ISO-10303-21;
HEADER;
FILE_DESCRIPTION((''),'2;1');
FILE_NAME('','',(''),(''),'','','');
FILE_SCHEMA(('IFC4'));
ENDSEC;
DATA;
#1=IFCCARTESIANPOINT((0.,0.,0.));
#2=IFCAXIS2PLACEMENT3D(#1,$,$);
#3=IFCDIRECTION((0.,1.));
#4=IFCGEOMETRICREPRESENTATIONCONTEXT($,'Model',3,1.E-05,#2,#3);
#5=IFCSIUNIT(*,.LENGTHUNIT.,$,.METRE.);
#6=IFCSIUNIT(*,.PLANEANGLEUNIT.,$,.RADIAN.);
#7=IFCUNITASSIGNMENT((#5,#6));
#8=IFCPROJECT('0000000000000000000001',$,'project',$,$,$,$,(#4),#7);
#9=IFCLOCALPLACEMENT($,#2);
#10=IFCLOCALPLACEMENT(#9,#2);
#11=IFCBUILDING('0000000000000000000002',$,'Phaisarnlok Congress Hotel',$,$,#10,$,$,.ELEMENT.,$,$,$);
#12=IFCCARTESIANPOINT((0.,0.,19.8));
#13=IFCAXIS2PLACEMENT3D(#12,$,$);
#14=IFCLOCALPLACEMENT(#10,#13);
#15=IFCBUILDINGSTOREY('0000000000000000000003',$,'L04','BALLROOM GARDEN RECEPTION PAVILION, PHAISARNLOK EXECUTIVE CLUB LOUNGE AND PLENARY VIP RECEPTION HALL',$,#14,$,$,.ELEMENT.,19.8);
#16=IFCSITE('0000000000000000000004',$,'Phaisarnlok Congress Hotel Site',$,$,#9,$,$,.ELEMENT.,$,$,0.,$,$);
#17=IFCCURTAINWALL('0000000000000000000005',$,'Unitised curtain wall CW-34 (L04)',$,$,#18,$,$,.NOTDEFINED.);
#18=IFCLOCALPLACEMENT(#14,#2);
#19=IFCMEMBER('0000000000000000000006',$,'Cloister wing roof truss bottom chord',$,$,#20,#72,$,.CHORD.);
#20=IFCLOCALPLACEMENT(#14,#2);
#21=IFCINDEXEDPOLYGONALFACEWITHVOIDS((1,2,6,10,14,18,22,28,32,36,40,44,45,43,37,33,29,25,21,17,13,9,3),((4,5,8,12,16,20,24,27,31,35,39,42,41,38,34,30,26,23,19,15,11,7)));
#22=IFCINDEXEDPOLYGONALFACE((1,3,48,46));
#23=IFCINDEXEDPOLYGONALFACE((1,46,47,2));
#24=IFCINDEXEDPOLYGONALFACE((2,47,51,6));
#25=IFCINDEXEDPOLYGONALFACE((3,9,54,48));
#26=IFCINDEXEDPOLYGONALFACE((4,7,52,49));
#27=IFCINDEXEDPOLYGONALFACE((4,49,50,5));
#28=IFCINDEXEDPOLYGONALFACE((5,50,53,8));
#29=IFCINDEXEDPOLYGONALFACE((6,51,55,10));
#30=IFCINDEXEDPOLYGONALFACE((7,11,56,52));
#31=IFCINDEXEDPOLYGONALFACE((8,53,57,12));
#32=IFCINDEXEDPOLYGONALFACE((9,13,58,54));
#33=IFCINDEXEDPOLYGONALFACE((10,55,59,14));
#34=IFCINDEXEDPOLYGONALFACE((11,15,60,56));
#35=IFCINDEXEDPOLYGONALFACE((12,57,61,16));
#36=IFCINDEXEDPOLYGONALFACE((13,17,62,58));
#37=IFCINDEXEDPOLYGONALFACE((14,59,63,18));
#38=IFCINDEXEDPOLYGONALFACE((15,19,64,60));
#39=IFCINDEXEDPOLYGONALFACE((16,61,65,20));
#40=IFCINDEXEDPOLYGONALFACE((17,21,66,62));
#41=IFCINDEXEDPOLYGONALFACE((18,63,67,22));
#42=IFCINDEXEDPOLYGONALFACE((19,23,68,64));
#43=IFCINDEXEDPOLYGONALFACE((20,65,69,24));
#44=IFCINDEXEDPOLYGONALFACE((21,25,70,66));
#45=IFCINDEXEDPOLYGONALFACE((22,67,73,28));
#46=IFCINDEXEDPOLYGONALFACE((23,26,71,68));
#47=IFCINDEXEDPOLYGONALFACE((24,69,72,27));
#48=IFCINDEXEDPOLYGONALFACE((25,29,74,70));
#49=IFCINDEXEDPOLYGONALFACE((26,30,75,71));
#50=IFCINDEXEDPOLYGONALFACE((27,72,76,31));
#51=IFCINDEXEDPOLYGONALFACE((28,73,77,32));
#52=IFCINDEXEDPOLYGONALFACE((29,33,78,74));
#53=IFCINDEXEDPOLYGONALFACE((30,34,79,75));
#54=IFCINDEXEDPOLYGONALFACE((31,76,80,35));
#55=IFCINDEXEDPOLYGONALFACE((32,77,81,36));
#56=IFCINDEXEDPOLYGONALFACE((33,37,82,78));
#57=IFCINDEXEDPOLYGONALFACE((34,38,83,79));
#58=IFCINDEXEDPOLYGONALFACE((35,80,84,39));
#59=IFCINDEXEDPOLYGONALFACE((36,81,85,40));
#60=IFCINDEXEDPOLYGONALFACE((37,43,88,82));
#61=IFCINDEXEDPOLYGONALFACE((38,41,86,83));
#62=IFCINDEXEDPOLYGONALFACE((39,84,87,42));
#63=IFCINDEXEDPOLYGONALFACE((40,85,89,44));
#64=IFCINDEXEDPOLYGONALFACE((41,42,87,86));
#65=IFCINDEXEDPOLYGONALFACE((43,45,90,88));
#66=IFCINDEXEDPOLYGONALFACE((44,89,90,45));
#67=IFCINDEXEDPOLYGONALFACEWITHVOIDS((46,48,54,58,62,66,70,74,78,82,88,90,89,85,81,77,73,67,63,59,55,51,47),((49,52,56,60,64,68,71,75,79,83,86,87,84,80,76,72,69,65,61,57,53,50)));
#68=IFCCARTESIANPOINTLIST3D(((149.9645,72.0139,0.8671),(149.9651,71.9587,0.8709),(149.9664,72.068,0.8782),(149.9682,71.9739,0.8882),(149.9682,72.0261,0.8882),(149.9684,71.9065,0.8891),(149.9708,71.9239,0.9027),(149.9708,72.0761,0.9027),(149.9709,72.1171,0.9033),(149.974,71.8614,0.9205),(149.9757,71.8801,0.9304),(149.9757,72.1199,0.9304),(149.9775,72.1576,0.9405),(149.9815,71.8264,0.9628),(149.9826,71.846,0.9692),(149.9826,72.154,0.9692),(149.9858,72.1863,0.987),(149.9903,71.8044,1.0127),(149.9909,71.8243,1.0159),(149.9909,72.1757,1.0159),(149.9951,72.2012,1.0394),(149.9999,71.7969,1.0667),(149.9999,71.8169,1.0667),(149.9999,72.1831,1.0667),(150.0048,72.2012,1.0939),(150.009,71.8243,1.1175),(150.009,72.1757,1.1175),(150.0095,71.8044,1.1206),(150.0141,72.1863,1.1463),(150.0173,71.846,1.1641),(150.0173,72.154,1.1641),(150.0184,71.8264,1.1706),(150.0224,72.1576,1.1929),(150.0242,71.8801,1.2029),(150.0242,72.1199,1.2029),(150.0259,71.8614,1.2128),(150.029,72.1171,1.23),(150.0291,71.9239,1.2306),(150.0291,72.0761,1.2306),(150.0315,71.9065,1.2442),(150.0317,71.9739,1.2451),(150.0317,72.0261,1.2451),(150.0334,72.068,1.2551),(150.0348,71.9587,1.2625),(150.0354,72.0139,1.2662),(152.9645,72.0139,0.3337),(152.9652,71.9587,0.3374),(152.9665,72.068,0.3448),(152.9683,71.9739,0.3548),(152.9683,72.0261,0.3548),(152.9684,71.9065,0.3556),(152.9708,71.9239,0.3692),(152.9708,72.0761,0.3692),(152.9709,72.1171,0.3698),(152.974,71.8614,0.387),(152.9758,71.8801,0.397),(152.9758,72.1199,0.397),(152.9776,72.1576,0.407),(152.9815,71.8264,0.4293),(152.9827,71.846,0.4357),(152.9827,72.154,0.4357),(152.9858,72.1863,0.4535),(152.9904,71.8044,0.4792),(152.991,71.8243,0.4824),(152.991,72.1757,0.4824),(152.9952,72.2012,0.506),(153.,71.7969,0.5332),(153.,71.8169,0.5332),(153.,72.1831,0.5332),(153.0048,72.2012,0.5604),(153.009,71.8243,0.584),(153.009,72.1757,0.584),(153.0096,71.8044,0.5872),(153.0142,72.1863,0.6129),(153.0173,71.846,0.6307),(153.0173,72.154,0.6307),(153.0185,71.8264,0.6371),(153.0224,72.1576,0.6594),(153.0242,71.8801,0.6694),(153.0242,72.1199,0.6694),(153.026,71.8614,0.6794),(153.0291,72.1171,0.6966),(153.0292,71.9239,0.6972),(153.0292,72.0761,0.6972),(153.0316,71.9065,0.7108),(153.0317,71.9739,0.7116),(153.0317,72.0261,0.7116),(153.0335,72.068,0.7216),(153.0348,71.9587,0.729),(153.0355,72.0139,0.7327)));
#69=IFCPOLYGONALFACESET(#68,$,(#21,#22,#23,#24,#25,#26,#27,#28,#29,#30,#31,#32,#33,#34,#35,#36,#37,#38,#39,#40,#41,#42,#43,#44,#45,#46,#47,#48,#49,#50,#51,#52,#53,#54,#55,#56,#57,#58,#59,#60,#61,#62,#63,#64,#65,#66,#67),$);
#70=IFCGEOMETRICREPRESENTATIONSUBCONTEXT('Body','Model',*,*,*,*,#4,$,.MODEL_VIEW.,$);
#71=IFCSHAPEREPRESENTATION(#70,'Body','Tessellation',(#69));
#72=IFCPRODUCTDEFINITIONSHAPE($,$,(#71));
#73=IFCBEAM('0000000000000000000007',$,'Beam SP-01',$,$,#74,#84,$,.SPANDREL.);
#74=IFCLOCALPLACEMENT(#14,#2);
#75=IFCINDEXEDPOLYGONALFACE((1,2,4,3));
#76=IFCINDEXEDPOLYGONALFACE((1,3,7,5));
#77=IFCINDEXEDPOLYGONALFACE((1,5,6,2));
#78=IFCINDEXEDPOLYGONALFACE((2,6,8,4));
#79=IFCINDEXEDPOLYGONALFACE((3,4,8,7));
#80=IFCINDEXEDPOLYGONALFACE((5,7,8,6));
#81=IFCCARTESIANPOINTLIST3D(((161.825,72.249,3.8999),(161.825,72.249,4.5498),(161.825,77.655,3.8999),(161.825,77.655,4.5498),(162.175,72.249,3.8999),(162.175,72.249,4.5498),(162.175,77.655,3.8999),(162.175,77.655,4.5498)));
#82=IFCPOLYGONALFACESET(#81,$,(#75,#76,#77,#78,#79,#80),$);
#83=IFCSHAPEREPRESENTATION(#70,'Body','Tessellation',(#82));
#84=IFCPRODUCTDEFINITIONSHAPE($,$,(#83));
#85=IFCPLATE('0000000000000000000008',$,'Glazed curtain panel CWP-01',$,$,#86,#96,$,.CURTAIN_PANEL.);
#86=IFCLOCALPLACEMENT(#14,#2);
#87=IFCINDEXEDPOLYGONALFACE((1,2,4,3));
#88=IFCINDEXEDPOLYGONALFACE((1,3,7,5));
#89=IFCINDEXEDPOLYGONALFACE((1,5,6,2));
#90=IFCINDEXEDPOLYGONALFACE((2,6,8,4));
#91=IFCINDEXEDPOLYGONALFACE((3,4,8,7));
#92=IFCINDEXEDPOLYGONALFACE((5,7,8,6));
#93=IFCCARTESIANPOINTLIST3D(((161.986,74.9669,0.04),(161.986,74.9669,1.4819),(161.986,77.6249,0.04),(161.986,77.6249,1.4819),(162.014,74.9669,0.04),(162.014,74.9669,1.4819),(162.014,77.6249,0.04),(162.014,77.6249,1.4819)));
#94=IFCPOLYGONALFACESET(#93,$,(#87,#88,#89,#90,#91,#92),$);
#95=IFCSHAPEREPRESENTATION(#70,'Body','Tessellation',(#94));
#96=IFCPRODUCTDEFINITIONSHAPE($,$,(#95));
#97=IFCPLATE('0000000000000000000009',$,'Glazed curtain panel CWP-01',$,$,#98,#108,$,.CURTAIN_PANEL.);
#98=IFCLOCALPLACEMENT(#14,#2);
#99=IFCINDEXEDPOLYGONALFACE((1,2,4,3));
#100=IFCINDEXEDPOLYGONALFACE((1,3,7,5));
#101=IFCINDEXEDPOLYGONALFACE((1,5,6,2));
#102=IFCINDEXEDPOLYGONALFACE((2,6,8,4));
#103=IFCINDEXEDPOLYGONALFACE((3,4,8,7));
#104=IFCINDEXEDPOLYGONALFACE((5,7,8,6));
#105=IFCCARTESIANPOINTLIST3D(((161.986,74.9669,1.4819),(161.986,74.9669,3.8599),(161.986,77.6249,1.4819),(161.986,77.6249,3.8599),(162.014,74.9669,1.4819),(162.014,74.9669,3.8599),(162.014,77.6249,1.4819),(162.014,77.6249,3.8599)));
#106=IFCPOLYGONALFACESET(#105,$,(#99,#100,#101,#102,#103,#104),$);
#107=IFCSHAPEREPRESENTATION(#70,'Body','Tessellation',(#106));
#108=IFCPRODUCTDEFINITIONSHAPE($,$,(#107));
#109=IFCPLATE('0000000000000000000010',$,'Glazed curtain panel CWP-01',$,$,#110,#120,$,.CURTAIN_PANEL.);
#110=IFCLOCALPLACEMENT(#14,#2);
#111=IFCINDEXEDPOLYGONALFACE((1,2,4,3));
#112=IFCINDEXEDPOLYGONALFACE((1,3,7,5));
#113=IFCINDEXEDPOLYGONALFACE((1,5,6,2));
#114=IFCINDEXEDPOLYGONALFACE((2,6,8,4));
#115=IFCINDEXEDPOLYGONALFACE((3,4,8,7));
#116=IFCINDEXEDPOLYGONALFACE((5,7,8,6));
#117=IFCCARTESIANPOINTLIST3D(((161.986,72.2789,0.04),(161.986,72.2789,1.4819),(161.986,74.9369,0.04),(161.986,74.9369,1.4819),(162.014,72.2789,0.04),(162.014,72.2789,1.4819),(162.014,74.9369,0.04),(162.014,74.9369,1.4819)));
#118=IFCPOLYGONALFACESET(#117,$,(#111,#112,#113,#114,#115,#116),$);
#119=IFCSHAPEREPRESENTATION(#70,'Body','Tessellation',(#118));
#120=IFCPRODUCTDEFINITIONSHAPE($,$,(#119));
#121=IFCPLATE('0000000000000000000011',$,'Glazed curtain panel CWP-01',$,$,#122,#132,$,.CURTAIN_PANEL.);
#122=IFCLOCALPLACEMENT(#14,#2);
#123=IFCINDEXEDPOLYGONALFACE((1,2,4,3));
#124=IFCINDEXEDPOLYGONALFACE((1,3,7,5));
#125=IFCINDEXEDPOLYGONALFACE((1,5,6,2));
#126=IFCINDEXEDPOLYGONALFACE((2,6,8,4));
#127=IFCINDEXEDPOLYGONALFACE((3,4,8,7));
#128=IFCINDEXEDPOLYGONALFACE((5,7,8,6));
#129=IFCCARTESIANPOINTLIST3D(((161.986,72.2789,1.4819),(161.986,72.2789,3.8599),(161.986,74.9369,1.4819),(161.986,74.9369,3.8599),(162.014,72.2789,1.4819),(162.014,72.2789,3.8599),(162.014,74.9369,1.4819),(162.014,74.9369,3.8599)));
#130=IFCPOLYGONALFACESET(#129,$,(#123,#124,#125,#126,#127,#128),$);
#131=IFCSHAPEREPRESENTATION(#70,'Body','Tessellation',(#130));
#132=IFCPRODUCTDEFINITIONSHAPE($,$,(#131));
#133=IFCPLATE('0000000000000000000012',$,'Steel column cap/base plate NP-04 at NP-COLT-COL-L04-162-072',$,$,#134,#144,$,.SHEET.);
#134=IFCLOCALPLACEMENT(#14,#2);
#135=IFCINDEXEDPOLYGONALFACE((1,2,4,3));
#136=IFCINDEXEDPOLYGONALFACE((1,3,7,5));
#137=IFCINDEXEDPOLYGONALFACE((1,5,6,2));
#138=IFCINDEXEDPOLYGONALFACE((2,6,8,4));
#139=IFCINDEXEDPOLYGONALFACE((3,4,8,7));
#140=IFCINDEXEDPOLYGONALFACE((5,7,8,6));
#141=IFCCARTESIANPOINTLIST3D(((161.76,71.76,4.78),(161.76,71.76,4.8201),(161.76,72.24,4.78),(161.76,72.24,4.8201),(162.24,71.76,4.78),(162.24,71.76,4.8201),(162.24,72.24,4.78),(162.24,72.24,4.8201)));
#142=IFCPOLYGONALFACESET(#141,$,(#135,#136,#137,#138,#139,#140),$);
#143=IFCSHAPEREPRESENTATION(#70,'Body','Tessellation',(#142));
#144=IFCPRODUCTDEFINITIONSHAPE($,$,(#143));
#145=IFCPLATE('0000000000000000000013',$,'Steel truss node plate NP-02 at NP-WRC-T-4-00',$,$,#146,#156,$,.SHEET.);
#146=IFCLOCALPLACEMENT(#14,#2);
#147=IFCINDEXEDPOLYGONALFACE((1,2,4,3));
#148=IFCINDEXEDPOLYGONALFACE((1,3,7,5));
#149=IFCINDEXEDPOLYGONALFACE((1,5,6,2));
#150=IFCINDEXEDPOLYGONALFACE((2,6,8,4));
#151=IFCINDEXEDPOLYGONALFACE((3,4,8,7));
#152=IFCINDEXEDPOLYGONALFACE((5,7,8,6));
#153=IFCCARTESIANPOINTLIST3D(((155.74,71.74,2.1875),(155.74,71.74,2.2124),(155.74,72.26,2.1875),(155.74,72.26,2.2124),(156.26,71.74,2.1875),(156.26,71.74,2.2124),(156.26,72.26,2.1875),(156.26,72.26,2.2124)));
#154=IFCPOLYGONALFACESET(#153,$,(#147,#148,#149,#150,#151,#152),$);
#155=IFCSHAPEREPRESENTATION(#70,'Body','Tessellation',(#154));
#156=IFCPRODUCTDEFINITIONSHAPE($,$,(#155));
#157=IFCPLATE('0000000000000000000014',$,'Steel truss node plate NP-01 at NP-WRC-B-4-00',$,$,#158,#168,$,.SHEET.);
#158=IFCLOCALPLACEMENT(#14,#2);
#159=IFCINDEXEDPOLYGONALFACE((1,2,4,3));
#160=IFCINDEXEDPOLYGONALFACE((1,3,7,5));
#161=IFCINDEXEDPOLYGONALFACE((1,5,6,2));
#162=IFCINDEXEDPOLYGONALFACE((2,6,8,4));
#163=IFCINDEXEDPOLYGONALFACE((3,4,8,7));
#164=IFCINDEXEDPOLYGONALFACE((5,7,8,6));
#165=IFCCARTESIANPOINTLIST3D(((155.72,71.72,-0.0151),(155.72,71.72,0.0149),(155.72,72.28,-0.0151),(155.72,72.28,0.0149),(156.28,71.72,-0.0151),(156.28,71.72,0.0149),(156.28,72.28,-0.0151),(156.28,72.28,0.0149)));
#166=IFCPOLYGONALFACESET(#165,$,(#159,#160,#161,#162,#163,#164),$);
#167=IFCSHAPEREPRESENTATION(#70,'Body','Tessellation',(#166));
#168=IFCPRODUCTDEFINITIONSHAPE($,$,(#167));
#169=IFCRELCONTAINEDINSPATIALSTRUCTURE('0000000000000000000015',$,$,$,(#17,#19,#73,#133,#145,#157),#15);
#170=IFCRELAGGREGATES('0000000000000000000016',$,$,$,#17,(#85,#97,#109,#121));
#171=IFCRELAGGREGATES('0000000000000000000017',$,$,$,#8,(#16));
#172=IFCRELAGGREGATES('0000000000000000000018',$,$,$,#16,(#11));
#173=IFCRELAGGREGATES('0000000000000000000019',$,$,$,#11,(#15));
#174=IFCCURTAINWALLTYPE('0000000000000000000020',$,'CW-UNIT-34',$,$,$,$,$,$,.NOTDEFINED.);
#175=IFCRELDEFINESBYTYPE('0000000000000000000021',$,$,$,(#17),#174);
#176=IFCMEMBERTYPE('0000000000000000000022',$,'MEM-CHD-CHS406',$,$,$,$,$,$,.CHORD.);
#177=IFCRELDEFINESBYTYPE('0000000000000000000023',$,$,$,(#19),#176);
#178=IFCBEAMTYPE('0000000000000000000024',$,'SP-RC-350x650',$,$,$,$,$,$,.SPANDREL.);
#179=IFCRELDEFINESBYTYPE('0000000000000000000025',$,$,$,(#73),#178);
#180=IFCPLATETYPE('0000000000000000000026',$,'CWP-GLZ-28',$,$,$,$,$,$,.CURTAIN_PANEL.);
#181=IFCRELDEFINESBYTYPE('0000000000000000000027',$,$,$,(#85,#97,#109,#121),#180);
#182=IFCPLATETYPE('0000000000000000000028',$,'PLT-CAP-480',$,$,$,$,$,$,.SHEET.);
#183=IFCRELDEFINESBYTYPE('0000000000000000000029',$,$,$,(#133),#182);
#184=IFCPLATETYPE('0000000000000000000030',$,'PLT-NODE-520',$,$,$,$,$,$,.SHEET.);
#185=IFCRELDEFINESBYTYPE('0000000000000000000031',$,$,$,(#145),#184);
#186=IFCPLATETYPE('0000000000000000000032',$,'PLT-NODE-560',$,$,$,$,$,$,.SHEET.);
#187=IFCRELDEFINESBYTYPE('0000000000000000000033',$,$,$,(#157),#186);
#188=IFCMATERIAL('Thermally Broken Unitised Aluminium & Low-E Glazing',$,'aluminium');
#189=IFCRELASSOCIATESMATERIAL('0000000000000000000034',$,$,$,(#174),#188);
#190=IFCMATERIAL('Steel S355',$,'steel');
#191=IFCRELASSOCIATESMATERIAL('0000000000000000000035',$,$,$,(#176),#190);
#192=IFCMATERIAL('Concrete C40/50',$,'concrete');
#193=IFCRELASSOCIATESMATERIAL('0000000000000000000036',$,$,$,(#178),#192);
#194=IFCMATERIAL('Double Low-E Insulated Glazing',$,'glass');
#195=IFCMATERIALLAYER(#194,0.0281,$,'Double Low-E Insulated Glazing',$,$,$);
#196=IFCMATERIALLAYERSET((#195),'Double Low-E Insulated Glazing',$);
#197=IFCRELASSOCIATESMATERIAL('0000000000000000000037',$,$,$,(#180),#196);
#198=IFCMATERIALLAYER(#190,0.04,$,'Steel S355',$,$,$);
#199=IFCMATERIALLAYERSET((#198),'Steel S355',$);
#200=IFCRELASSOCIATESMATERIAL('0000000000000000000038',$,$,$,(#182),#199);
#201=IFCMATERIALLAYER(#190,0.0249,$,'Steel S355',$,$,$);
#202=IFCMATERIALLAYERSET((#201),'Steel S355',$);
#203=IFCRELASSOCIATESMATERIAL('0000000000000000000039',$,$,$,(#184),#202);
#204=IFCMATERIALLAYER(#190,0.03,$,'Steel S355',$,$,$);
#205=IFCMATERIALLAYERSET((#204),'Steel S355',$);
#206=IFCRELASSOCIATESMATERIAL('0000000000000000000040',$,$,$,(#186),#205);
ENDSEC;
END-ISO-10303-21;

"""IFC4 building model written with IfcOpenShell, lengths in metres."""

from ifc_helpers import new_model, si_unit, direction, frame, frame_2d, origin, origin_2d, place, context, subcontext, project, spatial, rectangle, hollow_circle, extrude, material, layer, layer_set, material_profile, profile_set, type_object, element, aggregate, save


model = new_model("IFC4")

# Units and contexts
model_context = context("Model", 3, precision=1e-05, world=origin(), true_north=direction((0.0, 1.0)))
body_context = subcontext(model_context, "Body", "Model", "MODEL_VIEW")
ifc_project = project(units=[si_unit("LENGTHUNIT", "METRE"), si_unit("PLANEANGLEUNIT", "RADIAN")], contexts=[model_context])

# Site, building, storey
site_placement = place(None, origin())
site = spatial("IfcSite", under=ifc_project, at=site_placement, Name="Phaisarnlok Congress Hotel Site", CompositionType="ELEMENT", RefElevation=0.0)
building_placement = place(site_placement, origin())
building = spatial("IfcBuilding", under=site, at=building_placement, Name="Phaisarnlok Congress Hotel", CompositionType="ELEMENT")
storey_placement = place(building_placement, frame((0.0, 0.0, 19.8)))
storey = spatial("IfcBuildingStorey", under=building, at=storey_placement, Name="L04", Description="BALLROOM GARDEN RECEPTION PAVILION, PHAISARNLOK EXECUTIVE CLUB LOUNGE AND PLENARY VIP RECEPTION HALL", CompositionType="ELEMENT", Elevation=19.8)

# Shared definitions
ifc_material_1 = material(Name="Steel S355", Category="steel")

# Curtain wall
ifc_material_2 = material(Name="Thermally Broken Unitised Aluminium & Low-E Glazing", Category="aluminium")
curtain_wall_type = type_object("IfcCurtainWallType", Name="CW-UNIT-34", PredefinedType="NOTDEFINED", material=ifc_material_2)
curtain_wall_placement = place(storey_placement, origin())
curtain_wall = element("IfcCurtainWall", 1, at=curtain_wall_placement, inside=storey, type_object=curtain_wall_type, Name="Unitised curtain wall CW-34 (L04)", PredefinedType="NOTDEFINED")

# Member
ifc_material_profile_1 = material_profile(ifc_material_1, hollow_circle(Radius=0.2031, WallThickness=0.02, at=origin_2d()), Name="CHS 406.4x20")
ifc_profile_set_1 = profile_set([ifc_material_profile_1], Name="Steel S355")
member_type_1 = type_object("IfcMemberType", Name="MEM-CHD-CHS406", PredefinedType="CHORD", material=ifc_profile_set_1)
for number, where, z_axis, x_axis, name in (
    (2, (153.0, 72.0, 0.5332), (-0.984556, 0.0, 0.17507), (0.0, -1.0, 0.0), "Cloister wing roof truss bottom chord"),
):
    element("IfcMember", number, at=place(storey_placement, frame(where, z_axis=z_axis, x_axis=x_axis)), inside=storey, type_object=member_type_1, Name=name, PredefinedType="CHORD", context=body_context, shape_type="SweptSolid", body=[
        extrude(hollow_circle(Radius=0.2031, WallThickness=0.02, at=origin_2d()), origin(), (0.0, 0.0, 1.0), 3.0471),
    ])

# Beam
ifc_material_3 = material(Name="Concrete C40/50", Category="concrete")
ifc_material_profile_2 = material_profile(ifc_material_3, rectangle(XDim=0.3501, YDim=0.6499, at=origin_2d()), Name="RC 350x650")
ifc_profile_set_2 = profile_set([ifc_material_profile_2], Name="Concrete C40/50")
beam_type_1 = type_object("IfcBeamType", Name="SP-RC-350x650", PredefinedType="SPANDREL", material=ifc_profile_set_2)
beam_1_placement = place(storey_placement, frame((162.0, 72.249, 4.2249), z_axis=(0.0, 1.0, 0.0), x_axis=(-1.0, 0.0, 0.0)))
element("IfcBeam", 3, at=beam_1_placement, inside=storey, type_object=beam_type_1, Name="Beam SP-01", PredefinedType="SPANDREL", context=body_context, shape_type="SweptSolid", body=[
    extrude(rectangle(XDim=0.3501, YDim=0.6499, at=origin_2d()), origin(), (0.0, 0.0, 1.0), 5.406),
])

# Plates
ifc_material_4 = material(Name="Double Low-E Insulated Glazing", Category="glass")
ifc_layer_1 = layer(ifc_material_4, 0.0281, Name="Double Low-E Insulated Glazing")
ifc_layer_set_1 = layer_set([ifc_layer_1], Name="Double Low-E Insulated Glazing")
plate_type_1 = type_object("IfcPlateType", Name="CWP-GLZ-28", PredefinedType="CURTAIN_PANEL", material=ifc_layer_set_1)
plate_1_placement = place(storey_placement, frame((162.0, 77.625, 0.04), z_axis=(0.0, 0.0, 1.0), x_axis=(0.0, -1.0, 0.0)))
plate_1 = element("IfcPlate", 4, at=plate_1_placement, type_object=plate_type_1, Name="Glazed curtain panel CWP-01", PredefinedType="CURTAIN_PANEL", context=body_context, shape_type="SweptSolid", body=[
    extrude(rectangle(XDim=2.658, YDim=0.0281, at=frame_2d((1.3291, 0.0))), origin(), (0.0, 0.0, 1.0), 1.4419),
])
plate_2_placement = place(storey_placement, frame((162.0, 77.625, 1.4819), z_axis=(0.0, 0.0, 1.0), x_axis=(0.0, -1.0, 0.0)))
plate_2 = element("IfcPlate", 5, at=plate_2_placement, type_object=plate_type_1, Name="Glazed curtain panel CWP-01", PredefinedType="CURTAIN_PANEL", context=body_context, shape_type="SweptSolid", body=[
    extrude(rectangle(XDim=2.658, YDim=0.0281, at=frame_2d((1.3291, 0.0))), origin(), (0.0, 0.0, 1.0), 2.3779),
])
plate_3_placement = place(storey_placement, frame((162.0, 74.937, 0.04), z_axis=(0.0, 0.0, 1.0), x_axis=(0.0, -1.0, 0.0)))
plate_3 = element("IfcPlate", 6, at=plate_3_placement, type_object=plate_type_1, Name="Glazed curtain panel CWP-01", PredefinedType="CURTAIN_PANEL", context=body_context, shape_type="SweptSolid", body=[
    extrude(rectangle(XDim=2.658, YDim=0.0281, at=frame_2d((1.3291, 0.0))), origin(), (0.0, 0.0, 1.0), 1.4419),
])
plate_4_placement = place(storey_placement, frame((162.0, 74.937, 1.4819), z_axis=(0.0, 0.0, 1.0), x_axis=(0.0, -1.0, 0.0)))
plate_4 = element("IfcPlate", 7, at=plate_4_placement, type_object=plate_type_1, Name="Glazed curtain panel CWP-01", PredefinedType="CURTAIN_PANEL", context=body_context, shape_type="SweptSolid", body=[
    extrude(rectangle(XDim=2.658, YDim=0.0281, at=frame_2d((1.3291, 0.0))), origin(), (0.0, 0.0, 1.0), 2.3779),
])
aggregate(curtain_wall, [plate_1, plate_2, plate_3, plate_4])

# Plates
ifc_layer_2 = layer(ifc_material_1, 0.04, Name="Steel S355")
ifc_layer_set_2 = layer_set([ifc_layer_2], Name="Steel S355")
plate_type_2 = type_object("IfcPlateType", Name="PLT-CAP-480", PredefinedType="SHEET", material=ifc_layer_set_2)
plate_5_placement = place(storey_placement, frame((162.0, 72.0, 4.78), z_axis=(0.0, 0.0, 1.0), x_axis=(1.0, 0.0, 0.0)))
element("IfcPlate", 8, at=plate_5_placement, inside=storey, type_object=plate_type_2, Name="Steel column cap/base plate NP-04 at NP-COLT-COL-L04-162-072", PredefinedType="SHEET", context=body_context, shape_type="SweptSolid", body=[
    extrude(rectangle(XDim=0.48, YDim=0.48, at=origin_2d()), origin(), (0.0, 0.0, 1.0), 0.04),
])
ifc_layer_3 = layer(ifc_material_1, 0.0249, Name="Steel S355")
ifc_layer_set_3 = layer_set([ifc_layer_3], Name="Steel S355")
plate_type_3 = type_object("IfcPlateType", Name="PLT-NODE-520", PredefinedType="SHEET", material=ifc_layer_set_3)
plate_6_placement = place(storey_placement, frame((156.0, 72.0, 2.1875), z_axis=(0.0, 0.0, 1.0), x_axis=(1.0, 0.0, 0.0)))
element("IfcPlate", 9, at=plate_6_placement, inside=storey, type_object=plate_type_3, Name="Steel truss node plate NP-02 at NP-WRC-T-4-00", PredefinedType="SHEET", context=body_context, shape_type="SweptSolid", body=[
    extrude(rectangle(XDim=0.52, YDim=0.52, at=origin_2d()), origin(), (0.0, 0.0, 1.0), 0.0249),
])
ifc_layer_4 = layer(ifc_material_1, 0.03, Name="Steel S355")
ifc_layer_set_4 = layer_set([ifc_layer_4], Name="Steel S355")
plate_type_4 = type_object("IfcPlateType", Name="PLT-NODE-560", PredefinedType="SHEET", material=ifc_layer_set_4)
plate_7_placement = place(storey_placement, frame((156.0, 72.0, -0.0151), z_axis=(0.0, 0.0, 1.0), x_axis=(1.0, 0.0, 0.0)))
element("IfcPlate", 10, at=plate_7_placement, inside=storey, type_object=plate_type_4, Name="Steel truss node plate NP-01 at NP-WRC-B-4-00", PredefinedType="SHEET", context=body_context, shape_type="SweptSolid", body=[
    extrude(rectangle(XDim=0.5601, YDim=0.5601, at=origin_2d()), origin(), (0.0, 0.0, 1.0), 0.03),
])

save(model, "model.ifc")
